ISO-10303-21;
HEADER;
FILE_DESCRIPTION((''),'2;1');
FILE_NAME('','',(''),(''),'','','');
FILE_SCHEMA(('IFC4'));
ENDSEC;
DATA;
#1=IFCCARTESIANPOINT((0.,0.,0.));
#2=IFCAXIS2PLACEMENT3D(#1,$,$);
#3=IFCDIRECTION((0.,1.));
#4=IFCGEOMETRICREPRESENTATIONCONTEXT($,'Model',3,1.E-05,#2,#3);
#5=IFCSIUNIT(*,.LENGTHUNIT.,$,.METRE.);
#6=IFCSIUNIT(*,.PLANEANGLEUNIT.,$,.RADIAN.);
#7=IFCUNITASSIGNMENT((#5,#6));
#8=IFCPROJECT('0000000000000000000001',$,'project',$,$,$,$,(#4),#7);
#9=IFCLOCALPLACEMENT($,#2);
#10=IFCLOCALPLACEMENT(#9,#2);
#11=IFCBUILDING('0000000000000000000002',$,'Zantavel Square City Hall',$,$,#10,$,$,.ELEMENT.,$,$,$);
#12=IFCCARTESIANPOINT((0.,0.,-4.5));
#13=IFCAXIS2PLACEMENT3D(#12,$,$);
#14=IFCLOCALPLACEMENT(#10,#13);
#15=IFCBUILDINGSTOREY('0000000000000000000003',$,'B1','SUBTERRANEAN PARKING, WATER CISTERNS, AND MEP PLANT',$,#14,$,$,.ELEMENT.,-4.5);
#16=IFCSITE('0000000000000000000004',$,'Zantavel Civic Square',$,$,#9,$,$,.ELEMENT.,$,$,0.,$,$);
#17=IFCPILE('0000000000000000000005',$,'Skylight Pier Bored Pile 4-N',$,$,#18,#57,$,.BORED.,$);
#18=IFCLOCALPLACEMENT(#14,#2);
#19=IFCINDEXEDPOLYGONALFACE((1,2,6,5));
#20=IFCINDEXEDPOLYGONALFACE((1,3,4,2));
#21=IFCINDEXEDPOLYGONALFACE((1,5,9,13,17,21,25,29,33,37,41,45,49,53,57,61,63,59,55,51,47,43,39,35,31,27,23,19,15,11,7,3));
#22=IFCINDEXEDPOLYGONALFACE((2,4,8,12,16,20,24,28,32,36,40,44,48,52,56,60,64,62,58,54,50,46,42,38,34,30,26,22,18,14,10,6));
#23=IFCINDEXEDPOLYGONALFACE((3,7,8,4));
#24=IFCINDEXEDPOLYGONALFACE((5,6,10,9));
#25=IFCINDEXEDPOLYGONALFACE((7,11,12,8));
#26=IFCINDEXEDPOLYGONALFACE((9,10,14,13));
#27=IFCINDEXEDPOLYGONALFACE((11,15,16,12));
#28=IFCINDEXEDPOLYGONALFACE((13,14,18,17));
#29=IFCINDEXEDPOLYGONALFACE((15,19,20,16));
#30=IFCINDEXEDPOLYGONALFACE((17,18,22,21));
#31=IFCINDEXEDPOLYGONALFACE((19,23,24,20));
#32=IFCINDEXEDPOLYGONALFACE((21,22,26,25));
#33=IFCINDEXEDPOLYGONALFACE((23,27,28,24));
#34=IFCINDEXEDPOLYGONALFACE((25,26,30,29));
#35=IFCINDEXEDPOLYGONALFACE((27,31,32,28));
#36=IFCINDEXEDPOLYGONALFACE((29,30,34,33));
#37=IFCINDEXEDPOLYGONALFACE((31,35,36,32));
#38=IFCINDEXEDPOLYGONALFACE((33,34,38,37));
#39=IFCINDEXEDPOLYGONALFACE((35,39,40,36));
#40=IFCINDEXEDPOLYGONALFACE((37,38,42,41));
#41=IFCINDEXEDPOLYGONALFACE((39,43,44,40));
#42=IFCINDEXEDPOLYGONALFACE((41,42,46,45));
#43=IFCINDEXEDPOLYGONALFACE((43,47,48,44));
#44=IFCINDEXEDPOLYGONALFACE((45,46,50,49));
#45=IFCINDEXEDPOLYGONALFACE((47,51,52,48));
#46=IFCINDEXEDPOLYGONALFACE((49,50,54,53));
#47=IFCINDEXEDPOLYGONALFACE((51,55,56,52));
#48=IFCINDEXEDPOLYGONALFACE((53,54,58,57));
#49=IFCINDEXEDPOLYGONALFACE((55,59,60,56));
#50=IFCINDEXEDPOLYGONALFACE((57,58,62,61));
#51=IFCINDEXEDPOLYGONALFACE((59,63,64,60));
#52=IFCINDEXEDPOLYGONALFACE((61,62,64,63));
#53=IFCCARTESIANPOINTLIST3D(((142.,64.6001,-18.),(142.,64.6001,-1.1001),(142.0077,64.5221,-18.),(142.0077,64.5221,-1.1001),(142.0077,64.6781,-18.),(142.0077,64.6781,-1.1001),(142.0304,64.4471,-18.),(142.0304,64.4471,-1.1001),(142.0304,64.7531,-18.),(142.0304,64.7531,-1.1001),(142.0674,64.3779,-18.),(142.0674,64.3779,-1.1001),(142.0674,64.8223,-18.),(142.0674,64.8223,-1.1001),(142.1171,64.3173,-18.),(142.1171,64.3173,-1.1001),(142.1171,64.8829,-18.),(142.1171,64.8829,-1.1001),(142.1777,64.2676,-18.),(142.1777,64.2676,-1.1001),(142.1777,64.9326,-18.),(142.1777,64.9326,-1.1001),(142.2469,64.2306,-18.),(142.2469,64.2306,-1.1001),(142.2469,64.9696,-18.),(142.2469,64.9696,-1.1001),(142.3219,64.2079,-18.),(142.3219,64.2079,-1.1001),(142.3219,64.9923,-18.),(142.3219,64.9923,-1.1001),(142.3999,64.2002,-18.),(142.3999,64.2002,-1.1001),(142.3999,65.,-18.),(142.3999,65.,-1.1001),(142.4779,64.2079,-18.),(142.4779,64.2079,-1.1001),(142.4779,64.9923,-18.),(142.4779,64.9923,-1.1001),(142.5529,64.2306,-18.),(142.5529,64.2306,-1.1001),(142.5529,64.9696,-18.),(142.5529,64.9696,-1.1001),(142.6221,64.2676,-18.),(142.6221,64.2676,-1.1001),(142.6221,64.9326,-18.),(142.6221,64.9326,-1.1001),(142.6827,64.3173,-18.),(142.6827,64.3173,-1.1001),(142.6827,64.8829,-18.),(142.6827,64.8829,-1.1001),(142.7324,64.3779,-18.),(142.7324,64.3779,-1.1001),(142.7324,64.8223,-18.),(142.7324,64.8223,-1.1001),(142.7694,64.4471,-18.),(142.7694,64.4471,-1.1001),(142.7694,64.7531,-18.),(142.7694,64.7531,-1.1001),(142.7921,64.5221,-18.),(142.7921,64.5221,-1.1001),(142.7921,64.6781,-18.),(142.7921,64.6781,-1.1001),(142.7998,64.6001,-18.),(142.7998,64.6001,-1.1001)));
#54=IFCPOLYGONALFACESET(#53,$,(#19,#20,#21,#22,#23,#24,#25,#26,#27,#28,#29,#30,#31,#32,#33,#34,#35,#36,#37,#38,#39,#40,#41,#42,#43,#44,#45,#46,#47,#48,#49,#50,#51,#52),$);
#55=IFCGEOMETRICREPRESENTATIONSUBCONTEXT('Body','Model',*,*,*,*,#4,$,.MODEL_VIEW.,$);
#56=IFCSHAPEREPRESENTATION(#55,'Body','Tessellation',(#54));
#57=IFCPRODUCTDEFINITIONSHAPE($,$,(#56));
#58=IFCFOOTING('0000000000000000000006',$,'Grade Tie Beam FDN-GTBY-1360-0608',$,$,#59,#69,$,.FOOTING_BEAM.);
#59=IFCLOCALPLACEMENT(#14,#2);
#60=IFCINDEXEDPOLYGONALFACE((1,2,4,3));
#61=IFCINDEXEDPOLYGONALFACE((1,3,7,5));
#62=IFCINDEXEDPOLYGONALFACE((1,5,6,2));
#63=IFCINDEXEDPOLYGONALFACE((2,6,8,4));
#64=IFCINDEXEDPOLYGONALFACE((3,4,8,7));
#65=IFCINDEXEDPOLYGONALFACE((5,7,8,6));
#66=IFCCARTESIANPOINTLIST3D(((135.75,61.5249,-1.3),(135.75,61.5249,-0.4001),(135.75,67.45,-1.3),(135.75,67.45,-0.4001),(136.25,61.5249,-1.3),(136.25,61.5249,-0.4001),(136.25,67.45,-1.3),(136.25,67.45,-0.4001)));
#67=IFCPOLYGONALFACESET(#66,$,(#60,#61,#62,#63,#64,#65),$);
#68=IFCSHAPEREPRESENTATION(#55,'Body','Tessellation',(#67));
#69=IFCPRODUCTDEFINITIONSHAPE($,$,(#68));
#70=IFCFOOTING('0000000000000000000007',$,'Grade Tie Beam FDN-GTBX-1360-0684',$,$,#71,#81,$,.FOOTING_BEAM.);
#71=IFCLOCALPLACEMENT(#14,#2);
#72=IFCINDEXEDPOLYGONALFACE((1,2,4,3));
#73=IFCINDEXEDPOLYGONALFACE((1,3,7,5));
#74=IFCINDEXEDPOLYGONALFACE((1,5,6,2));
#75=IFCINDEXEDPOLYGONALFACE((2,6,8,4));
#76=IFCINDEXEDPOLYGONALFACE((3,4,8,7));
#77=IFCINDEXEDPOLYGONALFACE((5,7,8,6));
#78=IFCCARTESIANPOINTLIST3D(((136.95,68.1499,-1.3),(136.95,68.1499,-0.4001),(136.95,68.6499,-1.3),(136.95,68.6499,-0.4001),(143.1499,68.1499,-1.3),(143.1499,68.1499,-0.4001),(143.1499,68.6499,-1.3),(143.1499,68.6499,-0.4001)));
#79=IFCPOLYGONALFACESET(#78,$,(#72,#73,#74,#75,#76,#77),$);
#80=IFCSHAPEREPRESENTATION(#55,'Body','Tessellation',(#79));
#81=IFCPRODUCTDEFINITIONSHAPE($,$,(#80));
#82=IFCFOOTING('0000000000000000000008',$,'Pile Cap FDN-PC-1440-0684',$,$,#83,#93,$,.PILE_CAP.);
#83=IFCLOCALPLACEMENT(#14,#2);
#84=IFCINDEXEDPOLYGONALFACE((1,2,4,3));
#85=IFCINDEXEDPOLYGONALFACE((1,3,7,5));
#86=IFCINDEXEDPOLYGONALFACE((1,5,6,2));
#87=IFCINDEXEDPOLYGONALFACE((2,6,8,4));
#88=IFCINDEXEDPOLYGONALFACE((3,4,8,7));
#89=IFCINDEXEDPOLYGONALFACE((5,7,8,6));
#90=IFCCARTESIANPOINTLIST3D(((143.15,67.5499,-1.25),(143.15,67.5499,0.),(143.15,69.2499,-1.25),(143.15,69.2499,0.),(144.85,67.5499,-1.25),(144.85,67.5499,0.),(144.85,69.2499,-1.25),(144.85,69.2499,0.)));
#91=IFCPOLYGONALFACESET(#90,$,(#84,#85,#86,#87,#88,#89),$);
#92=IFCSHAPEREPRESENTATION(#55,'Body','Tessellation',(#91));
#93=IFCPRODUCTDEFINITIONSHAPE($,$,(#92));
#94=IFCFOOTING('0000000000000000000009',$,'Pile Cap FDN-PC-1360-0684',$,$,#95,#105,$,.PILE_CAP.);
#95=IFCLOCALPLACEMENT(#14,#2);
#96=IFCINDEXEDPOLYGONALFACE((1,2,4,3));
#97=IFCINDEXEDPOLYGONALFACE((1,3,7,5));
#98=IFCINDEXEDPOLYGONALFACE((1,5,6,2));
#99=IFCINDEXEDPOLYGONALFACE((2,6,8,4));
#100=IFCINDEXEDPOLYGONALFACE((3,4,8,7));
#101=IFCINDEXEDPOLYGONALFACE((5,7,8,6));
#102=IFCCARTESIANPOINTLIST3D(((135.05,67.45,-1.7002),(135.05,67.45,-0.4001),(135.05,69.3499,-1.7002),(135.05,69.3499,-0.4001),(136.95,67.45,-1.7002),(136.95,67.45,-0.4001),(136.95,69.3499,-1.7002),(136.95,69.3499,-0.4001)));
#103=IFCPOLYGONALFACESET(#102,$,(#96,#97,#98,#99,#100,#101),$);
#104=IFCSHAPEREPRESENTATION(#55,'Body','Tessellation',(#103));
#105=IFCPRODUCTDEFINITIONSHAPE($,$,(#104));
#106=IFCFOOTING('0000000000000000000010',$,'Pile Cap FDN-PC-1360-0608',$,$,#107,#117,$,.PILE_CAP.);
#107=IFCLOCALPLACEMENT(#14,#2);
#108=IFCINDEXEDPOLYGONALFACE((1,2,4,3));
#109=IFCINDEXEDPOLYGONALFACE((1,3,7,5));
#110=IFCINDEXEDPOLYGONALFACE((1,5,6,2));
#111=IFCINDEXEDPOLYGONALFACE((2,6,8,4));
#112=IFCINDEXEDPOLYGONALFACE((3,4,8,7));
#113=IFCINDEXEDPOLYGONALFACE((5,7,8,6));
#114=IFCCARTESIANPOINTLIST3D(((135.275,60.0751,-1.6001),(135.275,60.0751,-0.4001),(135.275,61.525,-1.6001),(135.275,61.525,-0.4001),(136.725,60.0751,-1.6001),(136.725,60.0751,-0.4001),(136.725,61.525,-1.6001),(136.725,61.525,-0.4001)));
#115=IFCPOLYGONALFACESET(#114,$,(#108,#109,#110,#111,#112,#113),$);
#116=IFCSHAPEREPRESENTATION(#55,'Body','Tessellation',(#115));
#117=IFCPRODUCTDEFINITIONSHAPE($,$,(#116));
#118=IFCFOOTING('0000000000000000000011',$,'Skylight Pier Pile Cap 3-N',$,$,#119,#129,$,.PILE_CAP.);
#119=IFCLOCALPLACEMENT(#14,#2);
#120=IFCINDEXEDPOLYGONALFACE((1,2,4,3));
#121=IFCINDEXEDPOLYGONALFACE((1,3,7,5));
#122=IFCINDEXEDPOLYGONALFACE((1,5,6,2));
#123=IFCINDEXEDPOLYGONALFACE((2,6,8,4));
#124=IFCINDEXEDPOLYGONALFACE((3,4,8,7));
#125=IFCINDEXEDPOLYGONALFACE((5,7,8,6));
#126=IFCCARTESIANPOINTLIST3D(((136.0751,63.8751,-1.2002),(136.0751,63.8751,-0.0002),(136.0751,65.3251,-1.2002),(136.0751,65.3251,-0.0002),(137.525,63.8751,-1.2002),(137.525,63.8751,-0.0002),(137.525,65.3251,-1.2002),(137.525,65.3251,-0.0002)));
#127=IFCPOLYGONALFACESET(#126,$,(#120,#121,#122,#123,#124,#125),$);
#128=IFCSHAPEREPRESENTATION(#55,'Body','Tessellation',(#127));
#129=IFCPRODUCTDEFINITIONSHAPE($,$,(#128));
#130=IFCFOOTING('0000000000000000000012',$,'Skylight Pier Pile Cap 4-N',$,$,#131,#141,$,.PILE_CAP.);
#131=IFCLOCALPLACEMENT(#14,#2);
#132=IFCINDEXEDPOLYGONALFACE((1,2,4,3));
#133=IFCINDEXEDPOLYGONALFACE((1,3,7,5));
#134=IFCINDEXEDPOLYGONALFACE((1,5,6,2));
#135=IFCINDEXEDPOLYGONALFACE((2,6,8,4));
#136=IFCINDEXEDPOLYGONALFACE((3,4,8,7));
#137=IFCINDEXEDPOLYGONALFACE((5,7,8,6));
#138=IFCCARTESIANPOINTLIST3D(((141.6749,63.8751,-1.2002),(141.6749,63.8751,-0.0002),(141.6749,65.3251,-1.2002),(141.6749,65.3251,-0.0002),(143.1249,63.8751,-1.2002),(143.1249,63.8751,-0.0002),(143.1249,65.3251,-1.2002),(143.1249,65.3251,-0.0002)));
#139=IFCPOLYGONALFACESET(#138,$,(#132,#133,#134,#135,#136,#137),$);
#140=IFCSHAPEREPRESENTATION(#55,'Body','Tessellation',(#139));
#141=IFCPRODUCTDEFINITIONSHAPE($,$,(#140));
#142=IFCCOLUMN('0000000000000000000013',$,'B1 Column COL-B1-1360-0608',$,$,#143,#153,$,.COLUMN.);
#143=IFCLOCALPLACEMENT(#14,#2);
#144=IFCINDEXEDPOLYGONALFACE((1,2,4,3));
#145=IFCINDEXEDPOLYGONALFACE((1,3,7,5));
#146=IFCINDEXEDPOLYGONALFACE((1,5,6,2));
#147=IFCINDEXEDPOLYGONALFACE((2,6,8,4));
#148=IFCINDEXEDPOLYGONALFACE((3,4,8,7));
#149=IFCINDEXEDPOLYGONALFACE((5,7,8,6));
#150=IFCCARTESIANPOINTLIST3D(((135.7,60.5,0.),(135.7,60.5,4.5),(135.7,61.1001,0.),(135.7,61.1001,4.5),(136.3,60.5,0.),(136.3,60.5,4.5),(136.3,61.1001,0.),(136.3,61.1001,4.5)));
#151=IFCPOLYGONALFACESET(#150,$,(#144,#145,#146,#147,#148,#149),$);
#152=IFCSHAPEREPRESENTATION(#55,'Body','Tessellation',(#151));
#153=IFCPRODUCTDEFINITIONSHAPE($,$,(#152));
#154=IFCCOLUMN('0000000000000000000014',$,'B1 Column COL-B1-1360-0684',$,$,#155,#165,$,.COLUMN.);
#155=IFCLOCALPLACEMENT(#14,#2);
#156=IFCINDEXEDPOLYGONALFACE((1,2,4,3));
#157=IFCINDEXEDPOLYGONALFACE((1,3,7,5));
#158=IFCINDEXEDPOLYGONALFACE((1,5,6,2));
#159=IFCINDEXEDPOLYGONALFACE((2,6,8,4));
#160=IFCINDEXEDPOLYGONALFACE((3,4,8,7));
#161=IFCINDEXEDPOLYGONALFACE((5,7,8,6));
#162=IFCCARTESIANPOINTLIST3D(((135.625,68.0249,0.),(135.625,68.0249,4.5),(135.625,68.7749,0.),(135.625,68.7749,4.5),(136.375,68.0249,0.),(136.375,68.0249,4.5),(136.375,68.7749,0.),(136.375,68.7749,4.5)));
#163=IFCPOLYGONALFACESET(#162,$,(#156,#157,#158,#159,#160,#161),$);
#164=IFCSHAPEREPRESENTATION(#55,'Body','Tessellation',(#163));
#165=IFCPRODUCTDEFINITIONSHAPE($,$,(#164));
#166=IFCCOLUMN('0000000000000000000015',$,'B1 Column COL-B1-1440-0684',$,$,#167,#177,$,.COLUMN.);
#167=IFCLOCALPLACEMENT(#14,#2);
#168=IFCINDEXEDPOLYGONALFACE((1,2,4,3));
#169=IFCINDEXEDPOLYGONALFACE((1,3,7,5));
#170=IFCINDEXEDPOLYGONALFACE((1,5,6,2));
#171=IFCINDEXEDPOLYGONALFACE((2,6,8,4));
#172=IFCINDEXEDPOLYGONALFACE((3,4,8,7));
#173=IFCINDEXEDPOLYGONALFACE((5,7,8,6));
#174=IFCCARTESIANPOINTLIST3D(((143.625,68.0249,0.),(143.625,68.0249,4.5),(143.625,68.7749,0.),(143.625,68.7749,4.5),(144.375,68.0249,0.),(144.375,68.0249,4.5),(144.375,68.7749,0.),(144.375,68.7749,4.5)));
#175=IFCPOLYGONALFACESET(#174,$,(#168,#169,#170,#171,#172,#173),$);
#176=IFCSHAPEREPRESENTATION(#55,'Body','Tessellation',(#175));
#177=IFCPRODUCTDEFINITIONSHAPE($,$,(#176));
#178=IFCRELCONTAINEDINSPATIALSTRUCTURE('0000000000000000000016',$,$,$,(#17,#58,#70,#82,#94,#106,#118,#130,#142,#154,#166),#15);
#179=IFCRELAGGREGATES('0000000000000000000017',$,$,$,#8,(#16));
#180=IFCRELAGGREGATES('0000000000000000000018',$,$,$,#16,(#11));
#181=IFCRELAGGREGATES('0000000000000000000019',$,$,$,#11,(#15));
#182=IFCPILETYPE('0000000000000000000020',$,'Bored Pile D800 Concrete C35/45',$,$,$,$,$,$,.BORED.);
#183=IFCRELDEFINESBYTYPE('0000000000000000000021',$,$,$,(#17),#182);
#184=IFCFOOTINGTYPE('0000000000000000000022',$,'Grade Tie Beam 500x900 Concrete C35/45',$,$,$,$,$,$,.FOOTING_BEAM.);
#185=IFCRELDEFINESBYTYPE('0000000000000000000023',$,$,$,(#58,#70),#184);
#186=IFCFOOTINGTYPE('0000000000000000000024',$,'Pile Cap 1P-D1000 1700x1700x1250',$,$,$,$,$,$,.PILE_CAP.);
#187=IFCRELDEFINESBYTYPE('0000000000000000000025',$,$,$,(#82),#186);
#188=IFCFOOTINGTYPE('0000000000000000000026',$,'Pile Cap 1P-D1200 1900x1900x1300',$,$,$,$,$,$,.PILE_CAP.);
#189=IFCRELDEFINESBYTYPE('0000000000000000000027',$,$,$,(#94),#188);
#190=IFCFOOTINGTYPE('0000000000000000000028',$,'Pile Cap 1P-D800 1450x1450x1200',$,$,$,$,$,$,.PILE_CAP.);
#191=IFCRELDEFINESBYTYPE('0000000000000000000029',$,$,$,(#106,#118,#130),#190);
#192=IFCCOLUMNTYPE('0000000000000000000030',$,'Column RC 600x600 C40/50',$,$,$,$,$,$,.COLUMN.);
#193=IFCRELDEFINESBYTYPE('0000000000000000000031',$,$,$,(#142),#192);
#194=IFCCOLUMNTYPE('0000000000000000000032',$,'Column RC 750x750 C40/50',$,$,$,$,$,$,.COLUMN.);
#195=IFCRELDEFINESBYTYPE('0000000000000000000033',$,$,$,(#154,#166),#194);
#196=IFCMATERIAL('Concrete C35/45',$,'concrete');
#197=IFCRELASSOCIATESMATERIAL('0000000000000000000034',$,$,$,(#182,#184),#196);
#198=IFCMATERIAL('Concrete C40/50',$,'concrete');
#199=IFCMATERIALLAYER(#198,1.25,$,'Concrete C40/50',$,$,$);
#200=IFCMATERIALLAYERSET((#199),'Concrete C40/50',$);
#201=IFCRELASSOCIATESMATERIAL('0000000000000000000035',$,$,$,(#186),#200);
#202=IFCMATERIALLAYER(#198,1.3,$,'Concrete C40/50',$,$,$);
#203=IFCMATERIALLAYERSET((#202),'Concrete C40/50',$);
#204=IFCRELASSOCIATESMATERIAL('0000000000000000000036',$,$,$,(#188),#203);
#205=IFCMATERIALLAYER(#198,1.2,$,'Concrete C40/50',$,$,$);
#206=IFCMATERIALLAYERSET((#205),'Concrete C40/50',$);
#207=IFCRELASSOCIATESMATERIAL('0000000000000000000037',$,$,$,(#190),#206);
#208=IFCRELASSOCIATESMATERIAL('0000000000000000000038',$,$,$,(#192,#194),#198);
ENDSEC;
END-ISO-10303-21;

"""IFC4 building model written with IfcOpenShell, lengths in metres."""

from ifc_helpers import new_model, si_unit, direction, frame, origin, origin_2d, place, context, subcontext, project, spatial, rectangle, circle, extrude, material, layer, layer_set, material_profile, profile_set, type_object, element, save


model = new_model("IFC4")

# Units and contexts
model_context = context("Model", 3, precision=1e-05, world=origin(), true_north=direction((0.0, 1.0)))
body_context = subcontext(model_context, "Body", "Model", "MODEL_VIEW")
ifc_project = project(units=[si_unit("LENGTHUNIT", "METRE"), si_unit("PLANEANGLEUNIT", "RADIAN")], contexts=[model_context])

# Site, building, storey
site_placement = place(None, origin())
site = spatial("IfcSite", under=ifc_project, at=site_placement, Name="Zantavel Civic Square", CompositionType="ELEMENT", RefElevation=0.0)
building_placement = place(site_placement, origin())
building = spatial("IfcBuilding", under=site, at=building_placement, Name="Zantavel Square City Hall", CompositionType="ELEMENT")
storey_placement = place(building_placement, frame((0.0, 0.0, -4.5)))
storey = spatial("IfcBuildingStorey", under=building, at=storey_placement, Name="B1", Description="SUBTERRANEAN PARKING, WATER CISTERNS, AND MEP PLANT", CompositionType="ELEMENT", Elevation=-4.5)

# Pile
ifc_material_1 = material(Name="Concrete C35/45", Category="concrete")
ifc_material_profile_1 = material_profile(ifc_material_1, circle(Radius=0.3999, at=origin_2d()), Name="PILE D800")
ifc_profile_set_1 = profile_set([ifc_material_profile_1], Name="Concrete C35/45")
pile_type_1 = type_object("IfcPileType", Name="Bored Pile D800 Concrete C35/45", PredefinedType="BORED", material=ifc_profile_set_1)
for number, where, z_axis, x_axis, name in (
    (1, (142.3999, 64.6001, -1.1001), (0.0, 0.0, -1.0), (1.0, 0.0, 0.0), "Skylight Pier Bored Pile 4-N"),
):
    element("IfcPile", number, at=place(storey_placement, frame(where, z_axis=z_axis, x_axis=x_axis)), inside=storey, type_object=pile_type_1, Name=name, PredefinedType="BORED", context=body_context, shape_type="SweptSolid", body=[
        extrude(circle(Radius=0.3999, at=origin_2d()), origin(), (0.0, 0.0, 1.0), 16.8999),
    ])

# Footings
ifc_material_profile_2 = material_profile(ifc_material_1, rectangle(XDim=0.5, YDim=0.8999, at=origin_2d()), Name="RC 500x900")
ifc_profile_set_2 = profile_set([ifc_material_profile_2], Name="Concrete C35/45")
footing_type_1 = type_object("IfcFootingType", Name="Grade Tie Beam 500x900 Concrete C35/45", PredefinedType="FOOTING_BEAM", material=ifc_profile_set_2)
footing_1_placement = place(storey_placement, frame((136.0, 61.5249, -0.8501), z_axis=(0.0, 1.0, 0.0), x_axis=(-1.0, 0.0, 0.0)))
element("IfcFooting", 2, at=footing_1_placement, inside=storey, type_object=footing_type_1, Name="Grade Tie Beam FDN-GTBY-1360-0608", PredefinedType="FOOTING_BEAM", context=body_context, shape_type="SweptSolid", body=[
    extrude(rectangle(XDim=0.5, YDim=0.8999, at=origin_2d()), origin(), (0.0, 0.0, 1.0), 5.925),
])
footing_2_placement = place(storey_placement, frame((136.95, 68.3999, -0.8501), z_axis=(1.0, 0.0, 0.0), x_axis=(0.0, 1.0, 0.0)))
element("IfcFooting", 3, at=footing_2_placement, inside=storey, type_object=footing_type_1, Name="Grade Tie Beam FDN-GTBX-1360-0684", PredefinedType="FOOTING_BEAM", context=body_context, shape_type="SweptSolid", body=[
    extrude(rectangle(XDim=0.5, YDim=0.8999, at=origin_2d()), origin(), (0.0, 0.0, 1.0), 6.2),
])
ifc_material_2 = material(Name="Concrete C40/50", Category="concrete")
ifc_layer_1 = layer(ifc_material_2, 1.25, Name="Concrete C40/50")
ifc_layer_set_1 = layer_set([ifc_layer_1], Name="Concrete C40/50")
footing_type_2 = type_object("IfcFootingType", Name="Pile Cap 1P-D1000 1700x1700x1250", PredefinedType="PILE_CAP", material=ifc_layer_set_1)
footing_3_placement = place(storey_placement, frame((144.0, 68.3999, -1.25), z_axis=(0.0, 0.0, 1.0), x_axis=(1.0, 0.0, 0.0)))
element("IfcFooting", 4, at=footing_3_placement, inside=storey, type_object=footing_type_2, Name="Pile Cap FDN-PC-1440-0684", PredefinedType="PILE_CAP", context=body_context, shape_type="SweptSolid", body=[
    extrude(rectangle(XDim=1.7, YDim=1.7, at=origin_2d()), origin(), (0.0, 0.0, 1.0), 1.25),
])
ifc_layer_2 = layer(ifc_material_2, 1.3, Name="Concrete C40/50")
ifc_layer_set_2 = layer_set([ifc_layer_2], Name="Concrete C40/50")
footing_type_3 = type_object("IfcFootingType", Name="Pile Cap 1P-D1200 1900x1900x1300", PredefinedType="PILE_CAP", material=ifc_layer_set_2)
footing_4_placement = place(storey_placement, frame((136.0, 68.3999, -1.7002), z_axis=(0.0, 0.0, 1.0), x_axis=(1.0, 0.0, 0.0)))
element("IfcFooting", 5, at=footing_4_placement, inside=storey, type_object=footing_type_3, Name="Pile Cap FDN-PC-1360-0684", PredefinedType="PILE_CAP", context=body_context, shape_type="SweptSolid", body=[
    extrude(rectangle(XDim=1.8999, YDim=1.8999, at=origin_2d()), origin(), (0.0, 0.0, 1.0), 1.3),
])
ifc_layer_3 = layer(ifc_material_2, 1.2, Name="Concrete C40/50")
ifc_layer_set_3 = layer_set([ifc_layer_3], Name="Concrete C40/50")
footing_type_4 = type_object("IfcFootingType", Name="Pile Cap 1P-D800 1450x1450x1200", PredefinedType="PILE_CAP", material=ifc_layer_set_3)
for number, where, z_axis, x_axis, name in (
    (6, (136.0, 60.8, -1.6001), (0.0, 0.0, 1.0), (1.0, 0.0, 0.0), "Pile Cap FDN-PC-1360-0608"),
    (7, (136.8, 64.6001, -1.2002), (0.0, 0.0, 1.0), (1.0, 0.0, 0.0), "Skylight Pier Pile Cap 3-N"),
    (8, (142.3999, 64.6001, -1.2002), (0.0, 0.0, 1.0), (1.0, 0.0, 0.0), "Skylight Pier Pile Cap 4-N"),
):
    element("IfcFooting", number, at=place(storey_placement, frame(where, z_axis=z_axis, x_axis=x_axis)), inside=storey, type_object=footing_type_4, Name=name, PredefinedType="PILE_CAP", context=body_context, shape_type="SweptSolid", body=[
        extrude(rectangle(XDim=1.45, YDim=1.45, at=origin_2d()), origin(), (0.0, 0.0, 1.0), 1.2),
    ])

# Columns
ifc_material_profile_3 = material_profile(ifc_material_2, rectangle(XDim=0.6001, YDim=0.6001, at=origin_2d()), Name="RC 600x600")
ifc_profile_set_3 = profile_set([ifc_material_profile_3], Name="Concrete C40/50")
column_type_1 = type_object("IfcColumnType", Name="Column RC 600x600 C40/50", PredefinedType="COLUMN", material=ifc_profile_set_3)
column_placement = place(storey_placement, frame((136.0, 60.8, 0.0), z_axis=(0.0, 0.0, 1.0), x_axis=(1.0, 0.0, 0.0)))
element("IfcColumn", 9, at=column_placement, inside=storey, type_object=column_type_1, Name="B1 Column COL-B1-1360-0608", PredefinedType="COLUMN", context=body_context, shape_type="SweptSolid", body=[
    extrude(rectangle(XDim=0.6001, YDim=0.6001, at=origin_2d()), origin(), (0.0, 0.0, 1.0), 4.5),
])
ifc_material_profile_4 = material_profile(ifc_material_2, rectangle(XDim=0.75, YDim=0.75, at=origin_2d()), Name="RC 750x750")
ifc_profile_set_4 = profile_set([ifc_material_profile_4], Name="Concrete C40/50")
column_type_2 = type_object("IfcColumnType", Name="Column RC 750x750 C40/50", PredefinedType="COLUMN", material=ifc_profile_set_4)
for number, where, z_axis, x_axis, name in (
    (10, (136.0, 68.3999, 0.0), (0.0, 0.0, 1.0), (1.0, 0.0, 0.0), "B1 Column COL-B1-1360-0684"),
    (11, (144.0, 68.3999, 0.0), (0.0, 0.0, 1.0), (1.0, 0.0, 0.0), "B1 Column COL-B1-1440-0684"),
):
    element("IfcColumn", number, at=place(storey_placement, frame(where, z_axis=z_axis, x_axis=x_axis)), inside=storey, type_object=column_type_2, Name=name, PredefinedType="COLUMN", context=body_context, shape_type="SweptSolid", body=[
        extrude(rectangle(XDim=0.75, YDim=0.75, at=origin_2d()), origin(), (0.0, 0.0, 1.0), 4.5),
    ])

save(model, "model.ifc")
